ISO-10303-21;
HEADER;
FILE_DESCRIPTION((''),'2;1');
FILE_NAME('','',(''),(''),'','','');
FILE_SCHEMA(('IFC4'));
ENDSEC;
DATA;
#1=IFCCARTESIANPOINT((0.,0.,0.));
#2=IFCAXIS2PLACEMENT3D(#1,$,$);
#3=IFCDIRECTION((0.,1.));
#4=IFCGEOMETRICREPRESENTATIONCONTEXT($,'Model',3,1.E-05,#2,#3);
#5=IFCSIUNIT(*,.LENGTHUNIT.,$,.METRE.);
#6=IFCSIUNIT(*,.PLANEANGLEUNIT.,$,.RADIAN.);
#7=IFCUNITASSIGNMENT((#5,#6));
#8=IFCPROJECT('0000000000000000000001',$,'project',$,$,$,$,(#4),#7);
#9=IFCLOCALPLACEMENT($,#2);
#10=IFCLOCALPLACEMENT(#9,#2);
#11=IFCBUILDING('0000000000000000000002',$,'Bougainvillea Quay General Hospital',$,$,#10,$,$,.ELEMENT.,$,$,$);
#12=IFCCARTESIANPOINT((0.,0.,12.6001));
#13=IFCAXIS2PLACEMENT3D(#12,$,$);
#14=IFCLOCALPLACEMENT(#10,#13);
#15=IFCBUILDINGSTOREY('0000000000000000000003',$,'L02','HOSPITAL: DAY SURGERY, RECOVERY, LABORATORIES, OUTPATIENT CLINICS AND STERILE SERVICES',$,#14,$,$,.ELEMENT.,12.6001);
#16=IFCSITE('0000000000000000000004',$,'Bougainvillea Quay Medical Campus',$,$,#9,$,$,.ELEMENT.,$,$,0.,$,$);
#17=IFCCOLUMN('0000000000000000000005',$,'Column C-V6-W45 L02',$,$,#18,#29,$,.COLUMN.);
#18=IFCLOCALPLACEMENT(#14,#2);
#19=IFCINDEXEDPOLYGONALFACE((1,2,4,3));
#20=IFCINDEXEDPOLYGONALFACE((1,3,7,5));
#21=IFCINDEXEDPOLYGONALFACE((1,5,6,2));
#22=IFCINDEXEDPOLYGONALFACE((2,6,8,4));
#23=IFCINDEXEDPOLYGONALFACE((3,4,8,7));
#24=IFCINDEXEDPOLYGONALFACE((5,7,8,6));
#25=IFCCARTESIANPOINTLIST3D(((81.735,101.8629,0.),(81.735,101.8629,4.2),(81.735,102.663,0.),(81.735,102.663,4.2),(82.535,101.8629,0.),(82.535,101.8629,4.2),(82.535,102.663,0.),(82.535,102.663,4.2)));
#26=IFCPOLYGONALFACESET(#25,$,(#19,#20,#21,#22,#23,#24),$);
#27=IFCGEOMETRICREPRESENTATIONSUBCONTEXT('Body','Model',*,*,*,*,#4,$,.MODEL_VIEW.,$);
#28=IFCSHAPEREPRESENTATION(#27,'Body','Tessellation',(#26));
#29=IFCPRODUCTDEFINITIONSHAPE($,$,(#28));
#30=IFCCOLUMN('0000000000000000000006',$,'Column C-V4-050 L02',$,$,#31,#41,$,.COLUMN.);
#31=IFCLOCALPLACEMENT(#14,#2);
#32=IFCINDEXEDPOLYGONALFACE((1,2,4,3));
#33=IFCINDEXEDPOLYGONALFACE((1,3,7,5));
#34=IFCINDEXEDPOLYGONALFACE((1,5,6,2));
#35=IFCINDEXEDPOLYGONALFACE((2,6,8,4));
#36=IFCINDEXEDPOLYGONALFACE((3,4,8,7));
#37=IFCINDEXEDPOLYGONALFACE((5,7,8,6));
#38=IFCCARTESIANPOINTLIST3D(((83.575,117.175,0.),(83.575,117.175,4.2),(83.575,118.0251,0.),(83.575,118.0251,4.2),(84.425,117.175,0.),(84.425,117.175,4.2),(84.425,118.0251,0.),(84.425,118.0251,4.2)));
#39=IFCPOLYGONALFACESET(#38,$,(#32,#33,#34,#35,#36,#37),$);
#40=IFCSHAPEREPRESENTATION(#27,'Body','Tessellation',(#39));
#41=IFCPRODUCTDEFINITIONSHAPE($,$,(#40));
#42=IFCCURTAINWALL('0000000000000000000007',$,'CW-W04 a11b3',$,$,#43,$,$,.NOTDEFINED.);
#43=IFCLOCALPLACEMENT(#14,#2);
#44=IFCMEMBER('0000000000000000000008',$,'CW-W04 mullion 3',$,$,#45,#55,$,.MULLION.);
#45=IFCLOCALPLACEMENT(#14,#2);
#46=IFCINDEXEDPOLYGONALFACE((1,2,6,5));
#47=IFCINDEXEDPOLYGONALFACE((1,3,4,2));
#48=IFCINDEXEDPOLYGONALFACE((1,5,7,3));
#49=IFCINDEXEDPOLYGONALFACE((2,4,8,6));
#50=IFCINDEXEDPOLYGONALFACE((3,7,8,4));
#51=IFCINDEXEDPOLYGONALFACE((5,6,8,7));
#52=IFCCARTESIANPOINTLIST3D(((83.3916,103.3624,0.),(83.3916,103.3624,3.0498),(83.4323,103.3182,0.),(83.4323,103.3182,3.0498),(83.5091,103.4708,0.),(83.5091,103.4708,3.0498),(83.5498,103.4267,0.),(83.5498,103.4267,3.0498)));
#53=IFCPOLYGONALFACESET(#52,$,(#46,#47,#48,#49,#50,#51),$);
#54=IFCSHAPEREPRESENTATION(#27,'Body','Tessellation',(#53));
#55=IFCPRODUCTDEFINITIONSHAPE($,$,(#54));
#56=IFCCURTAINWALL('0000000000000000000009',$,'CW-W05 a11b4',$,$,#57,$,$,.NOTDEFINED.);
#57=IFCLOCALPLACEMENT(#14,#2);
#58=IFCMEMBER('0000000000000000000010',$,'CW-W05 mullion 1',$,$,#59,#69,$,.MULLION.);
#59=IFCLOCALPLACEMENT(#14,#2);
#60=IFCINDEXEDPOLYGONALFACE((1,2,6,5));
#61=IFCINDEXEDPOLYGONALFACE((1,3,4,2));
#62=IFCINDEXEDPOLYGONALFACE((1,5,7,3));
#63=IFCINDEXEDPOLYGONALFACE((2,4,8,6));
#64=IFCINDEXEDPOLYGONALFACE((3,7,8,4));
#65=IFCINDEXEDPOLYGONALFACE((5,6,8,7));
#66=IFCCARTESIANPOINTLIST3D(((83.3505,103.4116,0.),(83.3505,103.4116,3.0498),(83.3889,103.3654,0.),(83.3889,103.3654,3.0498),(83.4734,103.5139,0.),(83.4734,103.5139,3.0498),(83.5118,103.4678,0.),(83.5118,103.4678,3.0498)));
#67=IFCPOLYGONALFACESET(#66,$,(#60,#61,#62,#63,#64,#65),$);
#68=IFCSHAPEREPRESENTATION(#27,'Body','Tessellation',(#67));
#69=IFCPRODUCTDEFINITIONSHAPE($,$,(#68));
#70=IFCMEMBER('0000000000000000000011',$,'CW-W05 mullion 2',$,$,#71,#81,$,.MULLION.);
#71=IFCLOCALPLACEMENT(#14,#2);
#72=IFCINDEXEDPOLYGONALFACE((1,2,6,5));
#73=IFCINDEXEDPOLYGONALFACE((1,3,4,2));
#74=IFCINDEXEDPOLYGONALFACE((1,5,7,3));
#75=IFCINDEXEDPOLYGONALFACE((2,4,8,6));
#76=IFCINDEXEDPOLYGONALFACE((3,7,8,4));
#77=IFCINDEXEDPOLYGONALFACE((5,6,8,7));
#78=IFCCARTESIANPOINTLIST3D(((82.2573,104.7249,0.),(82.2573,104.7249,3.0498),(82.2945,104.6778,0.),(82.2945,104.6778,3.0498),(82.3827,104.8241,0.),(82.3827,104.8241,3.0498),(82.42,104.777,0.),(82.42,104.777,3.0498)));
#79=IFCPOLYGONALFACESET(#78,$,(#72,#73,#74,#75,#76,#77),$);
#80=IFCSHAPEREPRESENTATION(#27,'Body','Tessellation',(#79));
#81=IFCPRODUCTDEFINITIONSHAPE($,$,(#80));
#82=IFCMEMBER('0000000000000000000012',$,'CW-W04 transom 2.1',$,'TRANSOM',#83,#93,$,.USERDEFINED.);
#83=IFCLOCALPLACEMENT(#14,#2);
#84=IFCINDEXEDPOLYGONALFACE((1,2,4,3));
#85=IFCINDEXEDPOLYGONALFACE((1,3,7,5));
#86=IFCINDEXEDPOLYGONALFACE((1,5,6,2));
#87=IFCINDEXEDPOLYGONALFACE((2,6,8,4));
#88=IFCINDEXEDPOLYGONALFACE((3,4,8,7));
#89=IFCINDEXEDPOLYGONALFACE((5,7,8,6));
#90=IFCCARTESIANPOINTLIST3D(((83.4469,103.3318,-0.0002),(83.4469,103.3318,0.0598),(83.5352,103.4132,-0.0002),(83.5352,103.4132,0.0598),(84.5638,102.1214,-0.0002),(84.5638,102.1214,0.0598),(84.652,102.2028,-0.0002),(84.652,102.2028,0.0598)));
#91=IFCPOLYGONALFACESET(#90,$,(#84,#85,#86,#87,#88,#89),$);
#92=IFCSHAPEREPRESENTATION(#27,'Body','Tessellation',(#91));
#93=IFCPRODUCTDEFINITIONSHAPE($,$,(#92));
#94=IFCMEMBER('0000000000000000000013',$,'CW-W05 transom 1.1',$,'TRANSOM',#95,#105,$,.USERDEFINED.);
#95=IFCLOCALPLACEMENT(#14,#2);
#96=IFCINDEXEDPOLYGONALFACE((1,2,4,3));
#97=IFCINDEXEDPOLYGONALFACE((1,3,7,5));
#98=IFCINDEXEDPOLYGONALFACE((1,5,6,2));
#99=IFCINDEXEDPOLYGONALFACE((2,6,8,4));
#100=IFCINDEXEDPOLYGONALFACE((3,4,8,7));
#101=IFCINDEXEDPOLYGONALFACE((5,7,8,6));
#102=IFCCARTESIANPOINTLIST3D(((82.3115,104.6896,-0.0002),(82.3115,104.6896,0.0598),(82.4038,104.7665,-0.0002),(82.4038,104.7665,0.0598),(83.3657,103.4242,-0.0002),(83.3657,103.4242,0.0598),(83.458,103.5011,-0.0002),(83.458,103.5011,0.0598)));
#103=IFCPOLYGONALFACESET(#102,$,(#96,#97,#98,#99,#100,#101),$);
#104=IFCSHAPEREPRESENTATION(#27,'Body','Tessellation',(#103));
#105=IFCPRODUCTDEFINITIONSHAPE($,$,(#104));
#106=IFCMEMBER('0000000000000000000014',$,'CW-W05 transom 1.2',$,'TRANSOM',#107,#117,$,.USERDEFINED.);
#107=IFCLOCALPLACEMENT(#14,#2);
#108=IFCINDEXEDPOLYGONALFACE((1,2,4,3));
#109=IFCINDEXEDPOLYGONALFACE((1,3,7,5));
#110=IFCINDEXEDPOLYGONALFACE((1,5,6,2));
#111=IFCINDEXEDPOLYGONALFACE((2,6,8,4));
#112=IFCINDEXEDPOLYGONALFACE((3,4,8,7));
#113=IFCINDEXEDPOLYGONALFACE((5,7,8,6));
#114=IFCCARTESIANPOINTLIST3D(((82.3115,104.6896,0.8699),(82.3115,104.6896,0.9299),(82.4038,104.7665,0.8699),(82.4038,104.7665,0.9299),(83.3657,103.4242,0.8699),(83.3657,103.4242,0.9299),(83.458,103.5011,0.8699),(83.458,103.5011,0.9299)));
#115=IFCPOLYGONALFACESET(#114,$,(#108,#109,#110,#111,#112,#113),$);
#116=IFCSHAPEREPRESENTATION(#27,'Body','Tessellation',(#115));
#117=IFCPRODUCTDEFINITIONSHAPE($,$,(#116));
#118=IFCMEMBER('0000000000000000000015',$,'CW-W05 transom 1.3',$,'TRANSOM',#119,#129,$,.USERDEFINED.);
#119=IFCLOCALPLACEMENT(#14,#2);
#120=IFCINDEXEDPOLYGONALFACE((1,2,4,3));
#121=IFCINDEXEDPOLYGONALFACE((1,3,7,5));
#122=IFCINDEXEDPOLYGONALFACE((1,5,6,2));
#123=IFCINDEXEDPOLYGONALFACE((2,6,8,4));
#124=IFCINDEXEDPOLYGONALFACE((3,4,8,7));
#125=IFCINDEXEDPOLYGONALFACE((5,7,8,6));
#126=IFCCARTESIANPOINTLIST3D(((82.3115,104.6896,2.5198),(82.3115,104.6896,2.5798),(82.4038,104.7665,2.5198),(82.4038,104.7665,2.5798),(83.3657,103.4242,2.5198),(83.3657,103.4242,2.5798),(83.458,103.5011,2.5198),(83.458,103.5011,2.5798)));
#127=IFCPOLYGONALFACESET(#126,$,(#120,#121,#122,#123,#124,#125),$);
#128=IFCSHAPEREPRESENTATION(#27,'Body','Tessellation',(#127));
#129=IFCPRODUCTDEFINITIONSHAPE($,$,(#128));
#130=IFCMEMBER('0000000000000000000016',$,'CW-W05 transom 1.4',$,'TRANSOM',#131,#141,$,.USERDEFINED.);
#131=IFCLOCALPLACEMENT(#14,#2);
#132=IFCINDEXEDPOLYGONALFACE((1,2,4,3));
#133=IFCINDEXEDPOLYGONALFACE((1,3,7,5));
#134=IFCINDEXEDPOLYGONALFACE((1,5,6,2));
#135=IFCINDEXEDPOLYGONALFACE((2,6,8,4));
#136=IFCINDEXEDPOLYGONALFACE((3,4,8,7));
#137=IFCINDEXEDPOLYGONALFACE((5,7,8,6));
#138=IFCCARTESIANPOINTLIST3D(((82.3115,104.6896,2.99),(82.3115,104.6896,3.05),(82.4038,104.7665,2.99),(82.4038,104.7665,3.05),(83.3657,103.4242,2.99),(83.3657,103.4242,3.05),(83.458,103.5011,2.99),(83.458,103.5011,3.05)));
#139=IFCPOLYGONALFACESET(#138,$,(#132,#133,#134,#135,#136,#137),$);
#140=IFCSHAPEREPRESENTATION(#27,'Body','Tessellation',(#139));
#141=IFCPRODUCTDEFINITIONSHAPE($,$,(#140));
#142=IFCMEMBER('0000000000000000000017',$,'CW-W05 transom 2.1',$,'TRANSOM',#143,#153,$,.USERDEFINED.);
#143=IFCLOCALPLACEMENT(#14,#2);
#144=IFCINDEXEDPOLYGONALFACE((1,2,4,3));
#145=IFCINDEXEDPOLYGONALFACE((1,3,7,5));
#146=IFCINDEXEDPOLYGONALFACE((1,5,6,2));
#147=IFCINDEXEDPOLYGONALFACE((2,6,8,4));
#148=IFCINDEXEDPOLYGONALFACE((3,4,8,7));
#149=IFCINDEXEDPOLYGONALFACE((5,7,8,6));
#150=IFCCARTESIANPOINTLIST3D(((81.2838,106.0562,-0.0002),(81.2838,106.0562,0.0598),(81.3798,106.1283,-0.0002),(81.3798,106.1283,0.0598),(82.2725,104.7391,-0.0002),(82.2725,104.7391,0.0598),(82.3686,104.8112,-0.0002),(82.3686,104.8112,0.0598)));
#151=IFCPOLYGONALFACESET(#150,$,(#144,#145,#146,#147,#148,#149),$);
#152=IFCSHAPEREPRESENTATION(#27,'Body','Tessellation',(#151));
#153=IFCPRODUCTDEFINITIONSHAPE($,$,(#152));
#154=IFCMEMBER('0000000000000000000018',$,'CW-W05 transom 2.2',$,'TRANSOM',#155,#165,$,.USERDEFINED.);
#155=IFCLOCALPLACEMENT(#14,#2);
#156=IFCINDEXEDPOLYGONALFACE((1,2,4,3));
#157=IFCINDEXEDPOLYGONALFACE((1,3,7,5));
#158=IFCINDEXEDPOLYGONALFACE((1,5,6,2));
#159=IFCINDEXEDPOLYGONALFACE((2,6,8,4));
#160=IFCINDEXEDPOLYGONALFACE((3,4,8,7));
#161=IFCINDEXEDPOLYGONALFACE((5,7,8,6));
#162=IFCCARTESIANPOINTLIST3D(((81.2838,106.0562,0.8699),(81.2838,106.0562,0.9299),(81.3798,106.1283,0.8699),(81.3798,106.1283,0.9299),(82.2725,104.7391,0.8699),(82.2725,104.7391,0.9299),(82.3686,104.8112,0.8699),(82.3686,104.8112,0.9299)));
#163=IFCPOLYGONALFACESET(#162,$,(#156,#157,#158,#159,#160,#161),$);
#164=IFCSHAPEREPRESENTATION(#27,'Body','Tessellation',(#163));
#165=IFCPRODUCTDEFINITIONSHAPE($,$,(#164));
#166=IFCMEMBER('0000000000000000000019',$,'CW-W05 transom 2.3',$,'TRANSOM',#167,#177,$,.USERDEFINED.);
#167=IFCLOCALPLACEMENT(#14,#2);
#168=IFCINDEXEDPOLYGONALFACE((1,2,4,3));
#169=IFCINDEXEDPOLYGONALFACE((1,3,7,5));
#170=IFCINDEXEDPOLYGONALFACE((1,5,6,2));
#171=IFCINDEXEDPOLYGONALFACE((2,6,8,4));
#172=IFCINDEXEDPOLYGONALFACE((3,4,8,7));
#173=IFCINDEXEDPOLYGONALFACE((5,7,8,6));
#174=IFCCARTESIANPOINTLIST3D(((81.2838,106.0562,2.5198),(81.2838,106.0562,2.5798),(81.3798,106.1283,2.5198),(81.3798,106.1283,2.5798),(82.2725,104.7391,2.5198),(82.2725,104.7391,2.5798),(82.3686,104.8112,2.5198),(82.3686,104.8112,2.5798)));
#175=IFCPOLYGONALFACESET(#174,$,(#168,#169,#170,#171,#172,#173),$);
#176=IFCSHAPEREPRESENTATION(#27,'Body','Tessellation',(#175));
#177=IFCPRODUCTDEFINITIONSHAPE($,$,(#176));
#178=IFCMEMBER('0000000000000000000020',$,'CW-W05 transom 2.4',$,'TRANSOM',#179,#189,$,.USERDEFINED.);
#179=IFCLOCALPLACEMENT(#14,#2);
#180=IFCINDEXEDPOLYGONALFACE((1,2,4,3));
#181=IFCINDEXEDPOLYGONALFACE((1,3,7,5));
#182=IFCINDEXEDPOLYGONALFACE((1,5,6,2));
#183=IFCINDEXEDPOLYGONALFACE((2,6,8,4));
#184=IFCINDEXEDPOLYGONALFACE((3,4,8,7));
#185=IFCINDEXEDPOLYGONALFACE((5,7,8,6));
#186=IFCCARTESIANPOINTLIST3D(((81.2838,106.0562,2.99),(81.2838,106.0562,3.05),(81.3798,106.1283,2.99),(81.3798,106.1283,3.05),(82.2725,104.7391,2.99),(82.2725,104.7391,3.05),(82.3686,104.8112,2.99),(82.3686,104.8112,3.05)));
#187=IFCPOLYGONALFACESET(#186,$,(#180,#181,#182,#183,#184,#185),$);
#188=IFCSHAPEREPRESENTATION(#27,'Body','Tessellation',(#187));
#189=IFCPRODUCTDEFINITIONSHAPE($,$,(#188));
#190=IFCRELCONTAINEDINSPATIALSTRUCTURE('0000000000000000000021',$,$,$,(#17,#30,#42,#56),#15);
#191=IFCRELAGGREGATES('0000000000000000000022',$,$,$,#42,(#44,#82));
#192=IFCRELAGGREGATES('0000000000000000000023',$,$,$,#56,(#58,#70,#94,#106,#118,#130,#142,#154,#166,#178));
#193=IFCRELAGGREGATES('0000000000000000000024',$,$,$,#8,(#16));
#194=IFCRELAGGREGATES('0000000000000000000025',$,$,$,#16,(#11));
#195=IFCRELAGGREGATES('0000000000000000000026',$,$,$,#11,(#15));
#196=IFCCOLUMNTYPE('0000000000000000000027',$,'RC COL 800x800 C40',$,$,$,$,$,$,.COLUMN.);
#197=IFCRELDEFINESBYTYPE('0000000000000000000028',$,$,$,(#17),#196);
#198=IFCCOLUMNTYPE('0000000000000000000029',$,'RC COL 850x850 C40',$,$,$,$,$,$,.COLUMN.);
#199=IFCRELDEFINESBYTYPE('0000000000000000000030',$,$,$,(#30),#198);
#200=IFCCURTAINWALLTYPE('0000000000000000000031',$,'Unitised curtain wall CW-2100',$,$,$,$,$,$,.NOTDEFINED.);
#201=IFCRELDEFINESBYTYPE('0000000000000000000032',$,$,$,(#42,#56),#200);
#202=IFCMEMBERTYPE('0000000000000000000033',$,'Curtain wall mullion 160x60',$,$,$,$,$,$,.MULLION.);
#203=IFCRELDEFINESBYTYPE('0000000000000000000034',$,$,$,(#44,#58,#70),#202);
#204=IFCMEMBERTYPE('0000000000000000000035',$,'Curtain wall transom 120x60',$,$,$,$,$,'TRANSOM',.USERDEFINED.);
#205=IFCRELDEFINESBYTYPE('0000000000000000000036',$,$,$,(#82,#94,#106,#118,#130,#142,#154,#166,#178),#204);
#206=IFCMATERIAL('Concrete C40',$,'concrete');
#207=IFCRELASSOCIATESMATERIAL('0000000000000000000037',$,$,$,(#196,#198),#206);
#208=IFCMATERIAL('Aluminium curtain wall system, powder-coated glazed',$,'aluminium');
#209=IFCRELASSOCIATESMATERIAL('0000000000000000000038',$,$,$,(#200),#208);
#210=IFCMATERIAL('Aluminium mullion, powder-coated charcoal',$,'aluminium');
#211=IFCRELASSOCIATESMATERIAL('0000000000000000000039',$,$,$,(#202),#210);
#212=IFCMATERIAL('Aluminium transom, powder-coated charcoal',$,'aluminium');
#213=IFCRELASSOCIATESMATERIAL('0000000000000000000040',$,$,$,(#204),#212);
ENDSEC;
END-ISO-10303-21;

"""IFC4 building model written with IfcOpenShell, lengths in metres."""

from ifc_helpers import new_model, si_unit, direction, frame, origin, origin_2d, place, context, subcontext, project, spatial, rectangle, extrude, material, material_profile, profile_set, type_object, element, aggregate, save


model = new_model("IFC4")

# Units and contexts
model_context = context("Model", 3, precision=1e-05, world=origin(), true_north=direction((0.0, 1.0)))
body_context = subcontext(model_context, "Body", "Model", "MODEL_VIEW")
ifc_project = project(units=[si_unit("LENGTHUNIT", "METRE"), si_unit("PLANEANGLEUNIT", "RADIAN")], contexts=[model_context])

# Site, building, storey
site_placement = place(None, origin())
site = spatial("IfcSite", under=ifc_project, at=site_placement, Name="Bougainvillea Quay Medical Campus", CompositionType="ELEMENT", RefElevation=0.0)
building_placement = place(site_placement, origin())
building = spatial("IfcBuilding", under=site, at=building_placement, Name="Bougainvillea Quay General Hospital", CompositionType="ELEMENT")
storey_placement = place(building_placement, frame((0.0, 0.0, 12.6001)))
storey = spatial("IfcBuildingStorey", under=building, at=storey_placement, Name="L02", Description="HOSPITAL: DAY SURGERY, RECOVERY, LABORATORIES, OUTPATIENT CLINICS AND STERILE SERVICES", CompositionType="ELEMENT", Elevation=12.6001)

# Columns
ifc_material_1 = material(Name="Concrete C40", Category="concrete")
ifc_material_profile_1 = material_profile(ifc_material_1, rectangle(XDim=0.8, YDim=0.8, at=origin_2d()))
ifc_profile_set_1 = profile_set([ifc_material_profile_1], Name="Concrete C40")
column_type_1 = type_object("IfcColumnType", Name="RC COL 800x800 C40", PredefinedType="COLUMN", material=ifc_profile_set_1)
column_1_placement = place(storey_placement, frame((82.135, 102.2629, 0.0), z_axis=(0.0, 0.0, 1.0), x_axis=(1.0, 0.0, 0.0)))
element("IfcColumn", 1, at=column_1_placement, inside=storey, type_object=column_type_1, Name="Column C-V6-W45 L02", PredefinedType="COLUMN", context=body_context, shape_type="SweptSolid", body=[
    extrude(rectangle(XDim=0.8, YDim=0.8, at=origin_2d()), origin(), (0.0, 0.0, 1.0), 4.2),
])
ifc_material_profile_2 = material_profile(ifc_material_1, rectangle(XDim=0.8501, YDim=0.8501, at=origin_2d()))
ifc_profile_set_2 = profile_set([ifc_material_profile_2], Name="Concrete C40")
column_type_2 = type_object("IfcColumnType", Name="RC COL 850x850 C40", PredefinedType="COLUMN", material=ifc_profile_set_2)
column_2_placement = place(storey_placement, frame((84.0, 117.6001, 0.0), z_axis=(0.0, 0.0, 1.0), x_axis=(1.0, 0.0, 0.0)))
element("IfcColumn", 2, at=column_2_placement, inside=storey, type_object=column_type_2, Name="Column C-V4-050 L02", PredefinedType="COLUMN", context=body_context, shape_type="SweptSolid", body=[
    extrude(rectangle(XDim=0.8501, YDim=0.8501, at=origin_2d()), origin(), (0.0, 0.0, 1.0), 4.2),
])

# Curtain wall, member
ifc_material_2 = material(Name="Aluminium curtain wall system, powder-coated glazed", Category="aluminium")
curtain_wall_type = type_object("IfcCurtainWallType", Name="Unitised curtain wall CW-2100", PredefinedType="NOTDEFINED", material=ifc_material_2)
curtain_wall_1_placement = place(storey_placement, origin())
curtain_wall_1 = element("IfcCurtainWall", 3, at=curtain_wall_1_placement, inside=storey, type_object=curtain_wall_type, Name="CW-W04 a11b3", PredefinedType="NOTDEFINED")
ifc_material_3 = material(Name="Aluminium mullion, powder-coated charcoal", Category="aluminium")
ifc_material_profile_3 = material_profile(ifc_material_3, rectangle(XDim=0.1599, YDim=0.0601, at=origin_2d()))
ifc_profile_set_3 = profile_set([ifc_material_profile_3], Name="Aluminium mullion, powder-coated charcoal")
member_type_1 = type_object("IfcMemberType", Name="Curtain wall mullion 160x60", PredefinedType="MULLION", material=ifc_profile_set_3)
member_1_placement = place(storey_placement, frame((83.4707, 103.3945, 0.0), z_axis=(0.0, 0.0, 1.0), x_axis=(-0.734855, -0.678224, 0.0)))
member_1 = element("IfcMember", 4, at=member_1_placement, type_object=member_type_1, Name="CW-W04 mullion 3", PredefinedType="MULLION", context=body_context, shape_type="SweptSolid", body=[
    extrude(rectangle(XDim=0.1599, YDim=0.0601, at=origin_2d()), origin(), (0.0, 0.0, 1.0), 3.0498),
])

# Curtain wall, members
curtain_wall_2_placement = place(storey_placement, origin())
curtain_wall_2 = element("IfcCurtainWall", 5, at=curtain_wall_2_placement, inside=storey, type_object=curtain_wall_type, Name="CW-W05 a11b4", PredefinedType="NOTDEFINED")
member_2_placement = place(storey_placement, frame((83.4312, 103.4397, 0.0), z_axis=(0.0, 0.0, 1.0), x_axis=(-0.768295, -0.640096, 0.0)))
member_2 = element("IfcMember", 6, at=member_2_placement, type_object=member_type_1, Name="CW-W05 mullion 1", PredefinedType="MULLION", context=body_context, shape_type="SweptSolid", body=[
    extrude(rectangle(XDim=0.1599, YDim=0.0601, at=origin_2d()), origin(), (0.0, 0.0, 1.0), 3.0498),
])
member_3_placement = place(storey_placement, frame((82.3386, 104.751, 0.0), z_axis=(0.0, 0.0, 1.0), x_axis=(-0.784279, -0.620409, 0.0)))
member_3 = element("IfcMember", 7, at=member_3_placement, type_object=member_type_1, Name="CW-W05 mullion 2", PredefinedType="MULLION", context=body_context, shape_type="SweptSolid", body=[
    extrude(rectangle(XDim=0.1599, YDim=0.0601, at=origin_2d()), origin(), (0.0, 0.0, 1.0), 3.0498),
])

# Members
ifc_material_4 = material(Name="Aluminium transom, powder-coated charcoal", Category="aluminium")
ifc_material_profile_4 = material_profile(ifc_material_4, rectangle(XDim=0.1201, YDim=0.0601, at=origin_2d()))
ifc_profile_set_4 = profile_set([ifc_material_profile_4], Name="Aluminium transom, powder-coated charcoal")
member_type_2 = type_object("IfcMemberType", Name="Curtain wall transom 120x60", ElementType="TRANSOM", PredefinedType="USERDEFINED", material=ifc_profile_set_4)
member_4_placement = place(storey_placement, frame((84.6079, 102.1621, 0.0298), z_axis=(-0.678151, 0.734923, 0.0), x_axis=(-0.734923, -0.678151, 0.0)))
member_4 = element("IfcMember", 8, at=member_4_placement, type_object=member_type_2, Name="CW-W04 transom 2.1", ObjectType="TRANSOM", PredefinedType="USERDEFINED", context=body_context, shape_type="SweptSolid", body=[
    extrude(rectangle(XDim=0.1201, YDim=0.0601, at=origin_2d()), origin(), (0.0, 0.0, 1.0), 1.647),
])
member_5_placement = place(storey_placement, frame((83.4119, 103.4626, 0.0298), z_axis=(-0.640082, 0.768306, 0.0), x_axis=(-0.768306, -0.640082, 0.0)))
member_5 = element("IfcMember", 9, at=member_5_placement, type_object=member_type_2, Name="CW-W05 transom 1.1", ObjectType="TRANSOM", PredefinedType="USERDEFINED", context=body_context, shape_type="SweptSolid", body=[
    extrude(rectangle(XDim=0.1201, YDim=0.0601, at=origin_2d()), origin(), (0.0, 0.0, 1.0), 1.647),
])
member_6_placement = place(storey_placement, frame((83.4119, 103.4626, 0.8999), z_axis=(-0.640082, 0.768306, 0.0), x_axis=(-0.768306, -0.640082, 0.0)))
member_6 = element("IfcMember", 10, at=member_6_placement, type_object=member_type_2, Name="CW-W05 transom 1.2", ObjectType="TRANSOM", PredefinedType="USERDEFINED", context=body_context, shape_type="SweptSolid", body=[
    extrude(rectangle(XDim=0.1201, YDim=0.0601, at=origin_2d()), origin(), (0.0, 0.0, 1.0), 1.647),
])
member_7_placement = place(storey_placement, frame((83.4119, 103.4626, 2.5498), z_axis=(-0.640082, 0.768306, 0.0), x_axis=(-0.768306, -0.640082, 0.0)))
member_7 = element("IfcMember", 11, at=member_7_placement, type_object=member_type_2, Name="CW-W05 transom 1.3", ObjectType="TRANSOM", PredefinedType="USERDEFINED", context=body_context, shape_type="SweptSolid", body=[
    extrude(rectangle(XDim=0.1201, YDim=0.0601, at=origin_2d()), origin(), (0.0, 0.0, 1.0), 1.647),
])
member_8_placement = place(storey_placement, frame((83.4119, 103.4626, 3.02), z_axis=(-0.640082, 0.768306, 0.0), x_axis=(-0.768306, -0.640082, 0.0)))
member_8 = element("IfcMember", 12, at=member_8_placement, type_object=member_type_2, Name="CW-W05 transom 1.4", ObjectType="TRANSOM", PredefinedType="USERDEFINED", context=body_context, shape_type="SweptSolid", body=[
    extrude(rectangle(XDim=0.1201, YDim=0.0601, at=origin_2d()), origin(), (0.0, 0.0, 1.0), 1.647),
])
member_9_placement = place(storey_placement, frame((82.3206, 104.7751, 0.0298), z_axis=(-0.600356, 0.799733, 0.0), x_axis=(-0.799733, -0.600356, 0.0)))
member_9 = element("IfcMember", 13, at=member_9_placement, type_object=member_type_2, Name="CW-W05 transom 2.1", ObjectType="TRANSOM", PredefinedType="USERDEFINED", context=body_context, shape_type="SweptSolid", body=[
    extrude(rectangle(XDim=0.1201, YDim=0.0601, at=origin_2d()), origin(), (0.0, 0.0, 1.0), 1.647),
])
member_10_placement = place(storey_placement, frame((82.3206, 104.7751, 0.8999), z_axis=(-0.600356, 0.799733, 0.0), x_axis=(-0.799733, -0.600356, 0.0)))
member_10 = element("IfcMember", 14, at=member_10_placement, type_object=member_type_2, Name="CW-W05 transom 2.2", ObjectType="TRANSOM", PredefinedType="USERDEFINED", context=body_context, shape_type="SweptSolid", body=[
    extrude(rectangle(XDim=0.1201, YDim=0.0601, at=origin_2d()), origin(), (0.0, 0.0, 1.0), 1.647),
])
member_11_placement = place(storey_placement, frame((82.3206, 104.7751, 2.5498), z_axis=(-0.600356, 0.799733, 0.0), x_axis=(-0.799733, -0.600356, 0.0)))
member_11 = element("IfcMember", 15, at=member_11_placement, type_object=member_type_2, Name="CW-W05 transom 2.3", ObjectType="TRANSOM", PredefinedType="USERDEFINED", context=body_context, shape_type="SweptSolid", body=[
    extrude(rectangle(XDim=0.1201, YDim=0.0601, at=origin_2d()), origin(), (0.0, 0.0, 1.0), 1.647),
])
member_12_placement = place(storey_placement, frame((82.3206, 104.7751, 3.02), z_axis=(-0.600356, 0.799733, 0.0), x_axis=(-0.799733, -0.600356, 0.0)))
member_12 = element("IfcMember", 16, at=member_12_placement, type_object=member_type_2, Name="CW-W05 transom 2.4", ObjectType="TRANSOM", PredefinedType="USERDEFINED", context=body_context, shape_type="SweptSolid", body=[
    extrude(rectangle(XDim=0.1201, YDim=0.0601, at=origin_2d()), origin(), (0.0, 0.0, 1.0), 1.647),
])

aggregate(curtain_wall_1, [member_1, member_4])
aggregate(curtain_wall_2, [member_2, member_3, member_5, member_6, member_7, member_8, member_9, member_10, member_11, member_12])

save(model, "model.ifc")
